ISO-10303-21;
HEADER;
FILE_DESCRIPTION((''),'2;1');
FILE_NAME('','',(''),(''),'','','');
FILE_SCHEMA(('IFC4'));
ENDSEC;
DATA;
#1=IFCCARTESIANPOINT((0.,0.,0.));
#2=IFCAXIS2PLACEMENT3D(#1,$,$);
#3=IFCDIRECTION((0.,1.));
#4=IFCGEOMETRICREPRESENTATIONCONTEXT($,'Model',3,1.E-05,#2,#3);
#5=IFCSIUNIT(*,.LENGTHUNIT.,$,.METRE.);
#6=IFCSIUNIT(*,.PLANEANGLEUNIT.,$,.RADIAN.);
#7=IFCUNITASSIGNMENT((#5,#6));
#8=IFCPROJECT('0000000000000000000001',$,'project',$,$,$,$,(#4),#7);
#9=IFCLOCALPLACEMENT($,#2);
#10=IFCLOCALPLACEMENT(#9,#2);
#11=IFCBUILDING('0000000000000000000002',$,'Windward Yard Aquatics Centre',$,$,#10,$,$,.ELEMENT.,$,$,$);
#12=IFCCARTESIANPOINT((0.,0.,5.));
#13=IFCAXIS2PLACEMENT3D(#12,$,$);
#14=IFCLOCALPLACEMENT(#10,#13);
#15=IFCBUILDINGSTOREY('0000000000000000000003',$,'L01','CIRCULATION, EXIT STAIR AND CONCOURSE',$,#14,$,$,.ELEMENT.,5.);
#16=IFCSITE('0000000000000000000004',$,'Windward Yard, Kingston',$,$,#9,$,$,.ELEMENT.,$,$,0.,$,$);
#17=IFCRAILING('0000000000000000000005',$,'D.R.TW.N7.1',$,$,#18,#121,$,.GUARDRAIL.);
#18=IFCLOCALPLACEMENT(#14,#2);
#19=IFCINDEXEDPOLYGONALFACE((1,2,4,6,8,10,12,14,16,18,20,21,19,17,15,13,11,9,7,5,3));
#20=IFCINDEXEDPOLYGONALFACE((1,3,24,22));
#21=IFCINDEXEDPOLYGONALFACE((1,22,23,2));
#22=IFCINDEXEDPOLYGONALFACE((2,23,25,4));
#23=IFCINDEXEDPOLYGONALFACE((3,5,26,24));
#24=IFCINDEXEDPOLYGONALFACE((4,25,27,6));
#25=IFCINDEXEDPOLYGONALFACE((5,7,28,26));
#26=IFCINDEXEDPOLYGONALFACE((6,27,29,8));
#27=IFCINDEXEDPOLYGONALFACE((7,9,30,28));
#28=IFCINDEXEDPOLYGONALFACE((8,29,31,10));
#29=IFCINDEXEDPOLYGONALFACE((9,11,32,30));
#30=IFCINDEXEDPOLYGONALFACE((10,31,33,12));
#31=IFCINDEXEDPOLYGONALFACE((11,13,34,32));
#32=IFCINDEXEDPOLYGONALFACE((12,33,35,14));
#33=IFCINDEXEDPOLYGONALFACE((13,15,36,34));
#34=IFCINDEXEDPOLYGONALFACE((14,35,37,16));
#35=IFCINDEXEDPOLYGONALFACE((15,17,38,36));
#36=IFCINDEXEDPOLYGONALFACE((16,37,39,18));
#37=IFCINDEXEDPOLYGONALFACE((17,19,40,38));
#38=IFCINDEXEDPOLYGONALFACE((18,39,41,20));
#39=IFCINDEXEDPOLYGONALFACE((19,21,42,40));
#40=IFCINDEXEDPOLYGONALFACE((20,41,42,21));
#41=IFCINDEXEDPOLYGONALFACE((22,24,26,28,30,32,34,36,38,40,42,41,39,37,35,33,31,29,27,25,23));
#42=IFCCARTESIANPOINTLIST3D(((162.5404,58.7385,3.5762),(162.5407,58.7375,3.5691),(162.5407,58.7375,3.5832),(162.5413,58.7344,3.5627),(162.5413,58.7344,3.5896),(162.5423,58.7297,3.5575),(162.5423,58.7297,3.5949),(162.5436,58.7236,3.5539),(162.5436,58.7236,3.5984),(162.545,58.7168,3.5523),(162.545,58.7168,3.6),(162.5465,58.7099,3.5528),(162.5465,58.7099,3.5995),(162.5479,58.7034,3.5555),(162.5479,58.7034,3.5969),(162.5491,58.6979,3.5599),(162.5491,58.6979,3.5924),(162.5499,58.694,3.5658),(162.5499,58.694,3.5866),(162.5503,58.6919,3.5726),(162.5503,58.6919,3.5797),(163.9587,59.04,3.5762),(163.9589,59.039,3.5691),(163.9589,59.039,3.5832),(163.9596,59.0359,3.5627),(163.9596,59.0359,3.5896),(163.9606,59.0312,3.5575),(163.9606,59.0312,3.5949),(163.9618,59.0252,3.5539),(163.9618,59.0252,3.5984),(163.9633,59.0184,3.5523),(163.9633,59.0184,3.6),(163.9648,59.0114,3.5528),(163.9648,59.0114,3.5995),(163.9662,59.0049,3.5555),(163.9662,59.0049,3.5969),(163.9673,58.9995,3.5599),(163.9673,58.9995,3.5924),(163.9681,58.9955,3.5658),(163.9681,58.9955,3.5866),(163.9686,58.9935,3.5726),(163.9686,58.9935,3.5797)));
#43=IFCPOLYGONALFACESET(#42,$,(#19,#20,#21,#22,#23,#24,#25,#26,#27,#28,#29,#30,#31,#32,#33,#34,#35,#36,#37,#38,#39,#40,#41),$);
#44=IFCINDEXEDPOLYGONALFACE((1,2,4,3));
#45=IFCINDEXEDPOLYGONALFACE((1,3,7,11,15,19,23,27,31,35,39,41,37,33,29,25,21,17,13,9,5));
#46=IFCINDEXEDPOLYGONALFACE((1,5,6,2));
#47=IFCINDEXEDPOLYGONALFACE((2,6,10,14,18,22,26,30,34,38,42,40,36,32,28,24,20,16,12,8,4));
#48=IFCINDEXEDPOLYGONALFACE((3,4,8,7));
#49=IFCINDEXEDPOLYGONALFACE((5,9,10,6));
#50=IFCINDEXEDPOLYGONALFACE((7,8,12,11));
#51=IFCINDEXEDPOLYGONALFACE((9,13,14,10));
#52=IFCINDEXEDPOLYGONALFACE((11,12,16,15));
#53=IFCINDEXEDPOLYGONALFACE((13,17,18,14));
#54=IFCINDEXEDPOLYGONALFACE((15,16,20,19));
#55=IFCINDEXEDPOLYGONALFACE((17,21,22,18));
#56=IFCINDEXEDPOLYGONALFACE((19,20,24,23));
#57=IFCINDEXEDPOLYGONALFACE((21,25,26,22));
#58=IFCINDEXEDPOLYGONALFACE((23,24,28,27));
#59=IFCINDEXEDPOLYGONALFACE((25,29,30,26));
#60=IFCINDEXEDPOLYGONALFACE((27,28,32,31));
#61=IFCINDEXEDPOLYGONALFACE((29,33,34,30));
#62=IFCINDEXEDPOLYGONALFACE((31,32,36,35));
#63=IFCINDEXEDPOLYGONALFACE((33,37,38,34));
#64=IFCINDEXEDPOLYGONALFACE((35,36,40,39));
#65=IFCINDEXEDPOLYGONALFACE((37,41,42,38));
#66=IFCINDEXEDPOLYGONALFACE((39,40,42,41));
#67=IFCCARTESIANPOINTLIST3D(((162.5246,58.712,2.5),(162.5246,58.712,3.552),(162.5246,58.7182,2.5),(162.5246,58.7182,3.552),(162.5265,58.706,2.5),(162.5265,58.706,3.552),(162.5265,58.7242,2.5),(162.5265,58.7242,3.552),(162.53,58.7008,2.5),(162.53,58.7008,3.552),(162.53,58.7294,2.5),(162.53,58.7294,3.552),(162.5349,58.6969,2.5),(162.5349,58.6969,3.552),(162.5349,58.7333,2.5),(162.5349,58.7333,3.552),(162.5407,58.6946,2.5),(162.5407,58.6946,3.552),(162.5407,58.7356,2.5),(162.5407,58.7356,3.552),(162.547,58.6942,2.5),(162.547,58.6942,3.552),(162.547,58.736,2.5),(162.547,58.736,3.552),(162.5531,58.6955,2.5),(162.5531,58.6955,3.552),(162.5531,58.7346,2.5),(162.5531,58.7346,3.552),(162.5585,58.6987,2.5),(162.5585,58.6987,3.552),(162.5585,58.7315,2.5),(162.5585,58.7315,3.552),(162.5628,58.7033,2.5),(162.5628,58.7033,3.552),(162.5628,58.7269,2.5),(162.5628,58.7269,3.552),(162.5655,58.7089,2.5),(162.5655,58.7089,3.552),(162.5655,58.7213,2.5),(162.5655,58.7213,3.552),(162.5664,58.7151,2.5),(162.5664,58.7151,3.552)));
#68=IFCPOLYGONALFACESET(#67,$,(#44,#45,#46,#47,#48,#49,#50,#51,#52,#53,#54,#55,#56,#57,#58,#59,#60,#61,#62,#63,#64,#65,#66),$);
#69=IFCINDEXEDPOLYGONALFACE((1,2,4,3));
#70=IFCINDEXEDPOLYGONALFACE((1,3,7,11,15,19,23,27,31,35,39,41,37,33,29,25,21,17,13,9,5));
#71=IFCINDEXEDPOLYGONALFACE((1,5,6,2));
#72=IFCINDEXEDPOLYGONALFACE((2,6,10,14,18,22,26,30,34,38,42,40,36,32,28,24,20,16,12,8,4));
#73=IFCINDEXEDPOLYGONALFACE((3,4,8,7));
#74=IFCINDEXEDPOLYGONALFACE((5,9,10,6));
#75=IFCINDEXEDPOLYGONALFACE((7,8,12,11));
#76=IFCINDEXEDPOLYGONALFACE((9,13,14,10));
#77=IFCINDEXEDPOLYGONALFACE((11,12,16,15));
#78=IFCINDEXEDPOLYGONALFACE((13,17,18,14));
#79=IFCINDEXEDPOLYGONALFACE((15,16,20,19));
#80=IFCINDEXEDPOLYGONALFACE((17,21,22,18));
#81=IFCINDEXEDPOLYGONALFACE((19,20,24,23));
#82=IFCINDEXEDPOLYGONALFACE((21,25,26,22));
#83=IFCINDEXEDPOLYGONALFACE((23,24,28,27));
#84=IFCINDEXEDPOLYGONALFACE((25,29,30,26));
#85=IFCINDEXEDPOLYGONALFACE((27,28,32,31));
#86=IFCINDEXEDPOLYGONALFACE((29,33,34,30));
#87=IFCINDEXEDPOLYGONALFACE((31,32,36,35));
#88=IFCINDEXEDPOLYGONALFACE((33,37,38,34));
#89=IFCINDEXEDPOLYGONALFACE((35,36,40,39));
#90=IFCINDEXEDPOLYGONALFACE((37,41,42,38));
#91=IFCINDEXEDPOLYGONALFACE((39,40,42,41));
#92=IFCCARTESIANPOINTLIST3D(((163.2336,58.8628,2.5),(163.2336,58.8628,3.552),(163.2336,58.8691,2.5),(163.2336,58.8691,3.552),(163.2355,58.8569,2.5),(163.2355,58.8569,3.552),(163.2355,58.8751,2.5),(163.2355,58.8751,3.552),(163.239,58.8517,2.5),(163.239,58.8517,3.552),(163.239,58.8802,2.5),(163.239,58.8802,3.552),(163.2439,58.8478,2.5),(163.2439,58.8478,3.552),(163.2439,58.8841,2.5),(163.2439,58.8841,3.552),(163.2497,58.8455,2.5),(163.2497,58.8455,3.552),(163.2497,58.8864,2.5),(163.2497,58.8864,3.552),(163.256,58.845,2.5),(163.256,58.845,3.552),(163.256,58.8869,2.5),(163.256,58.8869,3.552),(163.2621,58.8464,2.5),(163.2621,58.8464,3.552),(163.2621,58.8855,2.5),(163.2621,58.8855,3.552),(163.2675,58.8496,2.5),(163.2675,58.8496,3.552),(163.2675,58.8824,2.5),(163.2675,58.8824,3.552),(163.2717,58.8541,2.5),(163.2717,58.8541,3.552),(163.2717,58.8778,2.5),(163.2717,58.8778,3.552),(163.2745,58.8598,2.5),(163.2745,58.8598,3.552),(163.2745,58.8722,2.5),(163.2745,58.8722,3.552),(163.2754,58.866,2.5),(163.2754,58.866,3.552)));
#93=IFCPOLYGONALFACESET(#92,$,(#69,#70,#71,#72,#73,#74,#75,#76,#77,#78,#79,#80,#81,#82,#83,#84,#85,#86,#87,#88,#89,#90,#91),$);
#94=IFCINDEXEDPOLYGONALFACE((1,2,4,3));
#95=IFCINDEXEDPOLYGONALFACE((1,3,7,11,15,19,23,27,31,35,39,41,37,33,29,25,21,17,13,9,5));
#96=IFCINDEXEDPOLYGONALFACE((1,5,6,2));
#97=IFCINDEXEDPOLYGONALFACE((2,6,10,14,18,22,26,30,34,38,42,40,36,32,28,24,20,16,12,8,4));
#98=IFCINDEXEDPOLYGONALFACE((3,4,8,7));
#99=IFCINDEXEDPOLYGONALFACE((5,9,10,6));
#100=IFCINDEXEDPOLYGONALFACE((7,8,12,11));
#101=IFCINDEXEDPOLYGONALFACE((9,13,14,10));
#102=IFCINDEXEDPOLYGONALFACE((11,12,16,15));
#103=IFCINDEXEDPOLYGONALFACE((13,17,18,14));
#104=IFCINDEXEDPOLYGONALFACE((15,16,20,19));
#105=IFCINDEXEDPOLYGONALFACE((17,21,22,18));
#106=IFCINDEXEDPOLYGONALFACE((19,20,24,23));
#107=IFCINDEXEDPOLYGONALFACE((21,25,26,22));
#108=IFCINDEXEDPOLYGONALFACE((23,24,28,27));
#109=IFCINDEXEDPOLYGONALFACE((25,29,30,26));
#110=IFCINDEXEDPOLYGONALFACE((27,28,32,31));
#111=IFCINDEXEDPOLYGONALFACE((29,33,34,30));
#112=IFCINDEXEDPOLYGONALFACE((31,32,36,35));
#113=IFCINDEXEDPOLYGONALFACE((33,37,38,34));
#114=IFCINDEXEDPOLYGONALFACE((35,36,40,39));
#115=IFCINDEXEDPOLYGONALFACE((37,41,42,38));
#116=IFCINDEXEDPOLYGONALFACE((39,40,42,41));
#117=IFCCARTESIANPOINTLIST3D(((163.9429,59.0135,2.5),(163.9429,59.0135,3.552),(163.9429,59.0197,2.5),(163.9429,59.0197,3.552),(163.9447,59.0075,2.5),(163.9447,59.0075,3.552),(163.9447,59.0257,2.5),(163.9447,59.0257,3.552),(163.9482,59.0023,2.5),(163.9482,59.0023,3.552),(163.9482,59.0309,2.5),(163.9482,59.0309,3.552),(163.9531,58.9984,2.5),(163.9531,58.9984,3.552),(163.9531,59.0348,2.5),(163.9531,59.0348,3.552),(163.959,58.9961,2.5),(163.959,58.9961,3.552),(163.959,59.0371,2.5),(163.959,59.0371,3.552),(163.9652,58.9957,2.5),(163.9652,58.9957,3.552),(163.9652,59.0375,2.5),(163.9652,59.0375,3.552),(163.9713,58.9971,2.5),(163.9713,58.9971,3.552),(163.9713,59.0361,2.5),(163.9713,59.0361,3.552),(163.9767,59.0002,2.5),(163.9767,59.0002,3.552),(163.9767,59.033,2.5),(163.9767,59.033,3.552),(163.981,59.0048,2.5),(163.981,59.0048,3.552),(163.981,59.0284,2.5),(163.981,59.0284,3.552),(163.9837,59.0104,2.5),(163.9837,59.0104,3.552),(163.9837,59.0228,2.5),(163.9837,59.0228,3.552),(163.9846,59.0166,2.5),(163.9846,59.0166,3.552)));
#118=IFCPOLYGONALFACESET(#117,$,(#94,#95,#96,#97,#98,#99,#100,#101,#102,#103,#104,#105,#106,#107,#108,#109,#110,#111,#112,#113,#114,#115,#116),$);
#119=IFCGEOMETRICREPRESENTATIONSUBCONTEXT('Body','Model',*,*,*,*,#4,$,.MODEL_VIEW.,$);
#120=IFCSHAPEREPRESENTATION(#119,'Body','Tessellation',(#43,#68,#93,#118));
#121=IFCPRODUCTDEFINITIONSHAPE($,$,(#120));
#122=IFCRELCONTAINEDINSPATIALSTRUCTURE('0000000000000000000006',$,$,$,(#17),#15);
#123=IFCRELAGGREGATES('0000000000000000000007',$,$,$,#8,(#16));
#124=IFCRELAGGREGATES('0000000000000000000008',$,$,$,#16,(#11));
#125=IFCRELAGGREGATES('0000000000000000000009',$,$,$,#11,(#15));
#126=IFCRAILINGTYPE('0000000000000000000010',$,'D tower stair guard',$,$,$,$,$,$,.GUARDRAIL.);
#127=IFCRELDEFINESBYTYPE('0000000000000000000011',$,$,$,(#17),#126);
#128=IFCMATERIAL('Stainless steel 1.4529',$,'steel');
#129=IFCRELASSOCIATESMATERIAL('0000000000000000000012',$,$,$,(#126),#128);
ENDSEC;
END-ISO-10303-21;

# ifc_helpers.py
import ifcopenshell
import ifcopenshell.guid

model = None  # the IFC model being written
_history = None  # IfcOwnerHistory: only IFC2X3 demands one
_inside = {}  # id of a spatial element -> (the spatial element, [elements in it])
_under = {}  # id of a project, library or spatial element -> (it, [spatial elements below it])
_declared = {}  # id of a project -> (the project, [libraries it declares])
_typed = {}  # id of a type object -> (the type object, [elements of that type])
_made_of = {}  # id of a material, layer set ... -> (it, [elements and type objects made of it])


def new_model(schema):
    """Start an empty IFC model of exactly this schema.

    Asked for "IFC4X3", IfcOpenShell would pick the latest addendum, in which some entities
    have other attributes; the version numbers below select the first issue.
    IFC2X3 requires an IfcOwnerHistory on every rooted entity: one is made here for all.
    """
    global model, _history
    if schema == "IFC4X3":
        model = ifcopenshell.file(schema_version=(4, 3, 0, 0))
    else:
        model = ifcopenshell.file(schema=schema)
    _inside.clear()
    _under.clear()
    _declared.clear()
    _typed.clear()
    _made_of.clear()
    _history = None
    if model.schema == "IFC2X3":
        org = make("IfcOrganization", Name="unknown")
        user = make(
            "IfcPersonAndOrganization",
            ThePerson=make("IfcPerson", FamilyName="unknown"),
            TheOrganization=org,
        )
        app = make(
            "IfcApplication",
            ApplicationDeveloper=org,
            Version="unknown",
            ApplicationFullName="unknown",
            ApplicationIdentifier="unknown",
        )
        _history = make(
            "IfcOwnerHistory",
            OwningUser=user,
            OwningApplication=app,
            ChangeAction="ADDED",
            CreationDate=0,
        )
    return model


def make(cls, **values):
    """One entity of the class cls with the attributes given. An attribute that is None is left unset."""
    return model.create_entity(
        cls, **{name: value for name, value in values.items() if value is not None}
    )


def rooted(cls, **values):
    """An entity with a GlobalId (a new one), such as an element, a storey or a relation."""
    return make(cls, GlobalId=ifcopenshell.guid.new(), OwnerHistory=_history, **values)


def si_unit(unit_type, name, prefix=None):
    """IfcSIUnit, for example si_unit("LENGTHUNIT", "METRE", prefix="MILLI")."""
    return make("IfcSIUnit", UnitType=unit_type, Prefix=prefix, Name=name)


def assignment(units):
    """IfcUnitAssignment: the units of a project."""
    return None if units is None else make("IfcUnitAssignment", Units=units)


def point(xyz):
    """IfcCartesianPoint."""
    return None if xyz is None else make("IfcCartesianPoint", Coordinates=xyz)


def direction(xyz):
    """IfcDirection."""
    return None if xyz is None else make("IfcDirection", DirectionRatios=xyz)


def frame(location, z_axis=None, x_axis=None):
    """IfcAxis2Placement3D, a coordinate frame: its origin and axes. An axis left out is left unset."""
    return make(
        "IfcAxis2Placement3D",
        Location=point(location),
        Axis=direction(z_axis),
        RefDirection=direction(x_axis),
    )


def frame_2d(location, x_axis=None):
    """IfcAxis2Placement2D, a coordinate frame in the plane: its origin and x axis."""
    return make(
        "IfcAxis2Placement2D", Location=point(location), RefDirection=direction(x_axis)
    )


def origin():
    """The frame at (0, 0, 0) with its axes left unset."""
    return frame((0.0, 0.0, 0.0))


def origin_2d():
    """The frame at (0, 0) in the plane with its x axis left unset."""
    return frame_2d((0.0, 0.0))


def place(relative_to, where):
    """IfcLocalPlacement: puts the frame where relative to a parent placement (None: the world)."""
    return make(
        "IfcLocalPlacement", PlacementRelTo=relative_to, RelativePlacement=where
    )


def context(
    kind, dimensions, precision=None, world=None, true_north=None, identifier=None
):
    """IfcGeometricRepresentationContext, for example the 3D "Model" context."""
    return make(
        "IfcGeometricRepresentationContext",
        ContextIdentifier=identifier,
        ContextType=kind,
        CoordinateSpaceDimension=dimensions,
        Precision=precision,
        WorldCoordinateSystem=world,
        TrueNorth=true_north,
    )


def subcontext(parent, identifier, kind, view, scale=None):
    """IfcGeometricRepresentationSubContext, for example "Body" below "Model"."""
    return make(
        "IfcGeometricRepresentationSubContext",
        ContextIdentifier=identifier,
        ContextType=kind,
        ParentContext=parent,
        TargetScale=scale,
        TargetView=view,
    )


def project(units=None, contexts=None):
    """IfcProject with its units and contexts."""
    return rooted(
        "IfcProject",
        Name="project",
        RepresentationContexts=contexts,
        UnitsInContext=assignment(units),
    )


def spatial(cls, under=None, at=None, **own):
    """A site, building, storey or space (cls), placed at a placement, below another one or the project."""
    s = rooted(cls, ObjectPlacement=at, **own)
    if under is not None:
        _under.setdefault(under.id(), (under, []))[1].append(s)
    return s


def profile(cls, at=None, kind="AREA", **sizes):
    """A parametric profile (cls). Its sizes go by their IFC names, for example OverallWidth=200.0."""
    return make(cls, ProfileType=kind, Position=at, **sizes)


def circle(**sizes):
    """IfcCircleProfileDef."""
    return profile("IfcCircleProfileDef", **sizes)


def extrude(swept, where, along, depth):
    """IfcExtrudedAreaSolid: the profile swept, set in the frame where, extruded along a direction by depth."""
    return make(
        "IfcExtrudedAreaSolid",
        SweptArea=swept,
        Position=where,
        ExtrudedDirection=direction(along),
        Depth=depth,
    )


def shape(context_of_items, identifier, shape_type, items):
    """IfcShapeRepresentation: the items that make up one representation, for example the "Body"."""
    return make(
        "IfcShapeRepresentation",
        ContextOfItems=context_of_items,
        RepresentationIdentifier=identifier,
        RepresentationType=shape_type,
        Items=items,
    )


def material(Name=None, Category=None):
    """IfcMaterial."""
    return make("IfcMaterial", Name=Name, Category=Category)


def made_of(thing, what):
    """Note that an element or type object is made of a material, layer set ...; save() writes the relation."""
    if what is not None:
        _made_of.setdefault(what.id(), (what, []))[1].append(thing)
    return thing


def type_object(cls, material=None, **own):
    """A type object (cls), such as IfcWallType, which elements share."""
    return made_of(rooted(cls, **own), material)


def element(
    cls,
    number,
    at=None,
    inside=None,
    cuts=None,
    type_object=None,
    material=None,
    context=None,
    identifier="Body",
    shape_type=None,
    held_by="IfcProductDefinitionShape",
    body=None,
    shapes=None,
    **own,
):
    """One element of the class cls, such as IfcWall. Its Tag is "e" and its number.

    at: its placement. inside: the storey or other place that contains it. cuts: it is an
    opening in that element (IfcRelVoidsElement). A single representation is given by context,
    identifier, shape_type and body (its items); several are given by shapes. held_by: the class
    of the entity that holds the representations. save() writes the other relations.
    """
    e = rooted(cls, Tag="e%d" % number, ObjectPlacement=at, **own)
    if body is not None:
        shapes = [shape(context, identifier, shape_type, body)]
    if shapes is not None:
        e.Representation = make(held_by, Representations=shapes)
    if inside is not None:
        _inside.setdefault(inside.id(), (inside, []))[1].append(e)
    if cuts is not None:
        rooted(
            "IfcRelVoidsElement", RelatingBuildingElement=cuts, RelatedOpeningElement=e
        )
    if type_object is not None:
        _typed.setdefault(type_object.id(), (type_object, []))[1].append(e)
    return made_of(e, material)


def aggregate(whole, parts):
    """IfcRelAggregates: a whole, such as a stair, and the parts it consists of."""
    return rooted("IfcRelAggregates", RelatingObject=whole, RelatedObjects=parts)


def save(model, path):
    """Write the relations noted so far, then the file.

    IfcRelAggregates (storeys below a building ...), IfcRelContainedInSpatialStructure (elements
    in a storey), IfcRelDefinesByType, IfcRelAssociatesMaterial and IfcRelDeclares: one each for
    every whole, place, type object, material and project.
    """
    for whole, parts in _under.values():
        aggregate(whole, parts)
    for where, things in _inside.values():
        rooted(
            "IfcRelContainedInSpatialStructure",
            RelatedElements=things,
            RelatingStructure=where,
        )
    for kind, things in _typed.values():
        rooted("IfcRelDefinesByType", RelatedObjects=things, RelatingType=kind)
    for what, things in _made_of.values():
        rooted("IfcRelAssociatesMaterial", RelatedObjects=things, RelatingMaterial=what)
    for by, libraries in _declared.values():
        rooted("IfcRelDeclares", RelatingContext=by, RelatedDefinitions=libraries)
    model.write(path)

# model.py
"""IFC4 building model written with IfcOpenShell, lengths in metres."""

from ifc_helpers import new_model, si_unit, direction, frame, origin, origin_2d, place, context, subcontext, project, spatial, circle, extrude, material, type_object, element, save


model = new_model("IFC4")

# Units and contexts
model_context = context("Model", 3, precision=1e-05, world=origin(), true_north=direction((0.0, 1.0)))
body_context = subcontext(model_context, "Body", "Model", "MODEL_VIEW")
ifc_project = project(units=[si_unit("LENGTHUNIT", "METRE"), si_unit("PLANEANGLEUNIT", "RADIAN")], contexts=[model_context])

# Site, building, storey
site_placement = place(None, origin())
site = spatial("IfcSite", under=ifc_project, at=site_placement, Name="Windward Yard, Kingston", CompositionType="ELEMENT", RefElevation=0.0)
building_placement = place(site_placement, origin())
building = spatial("IfcBuilding", under=site, at=building_placement, Name="Windward Yard Aquatics Centre", CompositionType="ELEMENT")
storey_placement = place(building_placement, frame((0.0, 0.0, 5.0)))
storey = spatial("IfcBuildingStorey", under=building, at=storey_placement, Name="L01", Description="CIRCULATION, EXIT STAIR AND CONCOURSE", CompositionType="ELEMENT", Elevation=5.0)

# Shared definitions
ifc_material_1 = material(Name="Stainless steel 1.4529", Category="steel")

# Railing
railing_type_1 = type_object("IfcRailingType", Name="D tower stair guard", PredefinedType="GUARDRAIL", material=ifc_material_1)
railing_1_placement = place(storey_placement, frame((162.5454, 58.7151, 2.5)))
element("IfcRailing", 1, at=railing_1_placement, inside=storey, type_object=railing_type_1, Name="D.R.TW.N7.1", PredefinedType="GUARDRAIL", context=body_context, shape_type="SweptSolid", body=[
    extrude(circle(Radius=0.0239, at=origin_2d()), frame((0.0, 0.0, 1.0762), z_axis=(0.978139, 0.207953, 0.0), x_axis=(-0.207953, 0.978139, 0.0)), (0.0, 0.0, 1.0), 1.45),
    extrude(circle(Radius=0.021, at=origin_2d()), origin(), (0.0, 0.0, 1.0), 1.052),
    extrude(circle(Radius=0.021, at=origin_2d()), frame((0.709, 0.1509, 0.0)), (0.0, 0.0, 1.0), 1.052),
    extrude(circle(Radius=0.021, at=origin_2d()), frame((1.4182, 0.3015, 0.0)), (0.0, 0.0, 1.0), 1.052),
])

save(model, "model.ifc")
